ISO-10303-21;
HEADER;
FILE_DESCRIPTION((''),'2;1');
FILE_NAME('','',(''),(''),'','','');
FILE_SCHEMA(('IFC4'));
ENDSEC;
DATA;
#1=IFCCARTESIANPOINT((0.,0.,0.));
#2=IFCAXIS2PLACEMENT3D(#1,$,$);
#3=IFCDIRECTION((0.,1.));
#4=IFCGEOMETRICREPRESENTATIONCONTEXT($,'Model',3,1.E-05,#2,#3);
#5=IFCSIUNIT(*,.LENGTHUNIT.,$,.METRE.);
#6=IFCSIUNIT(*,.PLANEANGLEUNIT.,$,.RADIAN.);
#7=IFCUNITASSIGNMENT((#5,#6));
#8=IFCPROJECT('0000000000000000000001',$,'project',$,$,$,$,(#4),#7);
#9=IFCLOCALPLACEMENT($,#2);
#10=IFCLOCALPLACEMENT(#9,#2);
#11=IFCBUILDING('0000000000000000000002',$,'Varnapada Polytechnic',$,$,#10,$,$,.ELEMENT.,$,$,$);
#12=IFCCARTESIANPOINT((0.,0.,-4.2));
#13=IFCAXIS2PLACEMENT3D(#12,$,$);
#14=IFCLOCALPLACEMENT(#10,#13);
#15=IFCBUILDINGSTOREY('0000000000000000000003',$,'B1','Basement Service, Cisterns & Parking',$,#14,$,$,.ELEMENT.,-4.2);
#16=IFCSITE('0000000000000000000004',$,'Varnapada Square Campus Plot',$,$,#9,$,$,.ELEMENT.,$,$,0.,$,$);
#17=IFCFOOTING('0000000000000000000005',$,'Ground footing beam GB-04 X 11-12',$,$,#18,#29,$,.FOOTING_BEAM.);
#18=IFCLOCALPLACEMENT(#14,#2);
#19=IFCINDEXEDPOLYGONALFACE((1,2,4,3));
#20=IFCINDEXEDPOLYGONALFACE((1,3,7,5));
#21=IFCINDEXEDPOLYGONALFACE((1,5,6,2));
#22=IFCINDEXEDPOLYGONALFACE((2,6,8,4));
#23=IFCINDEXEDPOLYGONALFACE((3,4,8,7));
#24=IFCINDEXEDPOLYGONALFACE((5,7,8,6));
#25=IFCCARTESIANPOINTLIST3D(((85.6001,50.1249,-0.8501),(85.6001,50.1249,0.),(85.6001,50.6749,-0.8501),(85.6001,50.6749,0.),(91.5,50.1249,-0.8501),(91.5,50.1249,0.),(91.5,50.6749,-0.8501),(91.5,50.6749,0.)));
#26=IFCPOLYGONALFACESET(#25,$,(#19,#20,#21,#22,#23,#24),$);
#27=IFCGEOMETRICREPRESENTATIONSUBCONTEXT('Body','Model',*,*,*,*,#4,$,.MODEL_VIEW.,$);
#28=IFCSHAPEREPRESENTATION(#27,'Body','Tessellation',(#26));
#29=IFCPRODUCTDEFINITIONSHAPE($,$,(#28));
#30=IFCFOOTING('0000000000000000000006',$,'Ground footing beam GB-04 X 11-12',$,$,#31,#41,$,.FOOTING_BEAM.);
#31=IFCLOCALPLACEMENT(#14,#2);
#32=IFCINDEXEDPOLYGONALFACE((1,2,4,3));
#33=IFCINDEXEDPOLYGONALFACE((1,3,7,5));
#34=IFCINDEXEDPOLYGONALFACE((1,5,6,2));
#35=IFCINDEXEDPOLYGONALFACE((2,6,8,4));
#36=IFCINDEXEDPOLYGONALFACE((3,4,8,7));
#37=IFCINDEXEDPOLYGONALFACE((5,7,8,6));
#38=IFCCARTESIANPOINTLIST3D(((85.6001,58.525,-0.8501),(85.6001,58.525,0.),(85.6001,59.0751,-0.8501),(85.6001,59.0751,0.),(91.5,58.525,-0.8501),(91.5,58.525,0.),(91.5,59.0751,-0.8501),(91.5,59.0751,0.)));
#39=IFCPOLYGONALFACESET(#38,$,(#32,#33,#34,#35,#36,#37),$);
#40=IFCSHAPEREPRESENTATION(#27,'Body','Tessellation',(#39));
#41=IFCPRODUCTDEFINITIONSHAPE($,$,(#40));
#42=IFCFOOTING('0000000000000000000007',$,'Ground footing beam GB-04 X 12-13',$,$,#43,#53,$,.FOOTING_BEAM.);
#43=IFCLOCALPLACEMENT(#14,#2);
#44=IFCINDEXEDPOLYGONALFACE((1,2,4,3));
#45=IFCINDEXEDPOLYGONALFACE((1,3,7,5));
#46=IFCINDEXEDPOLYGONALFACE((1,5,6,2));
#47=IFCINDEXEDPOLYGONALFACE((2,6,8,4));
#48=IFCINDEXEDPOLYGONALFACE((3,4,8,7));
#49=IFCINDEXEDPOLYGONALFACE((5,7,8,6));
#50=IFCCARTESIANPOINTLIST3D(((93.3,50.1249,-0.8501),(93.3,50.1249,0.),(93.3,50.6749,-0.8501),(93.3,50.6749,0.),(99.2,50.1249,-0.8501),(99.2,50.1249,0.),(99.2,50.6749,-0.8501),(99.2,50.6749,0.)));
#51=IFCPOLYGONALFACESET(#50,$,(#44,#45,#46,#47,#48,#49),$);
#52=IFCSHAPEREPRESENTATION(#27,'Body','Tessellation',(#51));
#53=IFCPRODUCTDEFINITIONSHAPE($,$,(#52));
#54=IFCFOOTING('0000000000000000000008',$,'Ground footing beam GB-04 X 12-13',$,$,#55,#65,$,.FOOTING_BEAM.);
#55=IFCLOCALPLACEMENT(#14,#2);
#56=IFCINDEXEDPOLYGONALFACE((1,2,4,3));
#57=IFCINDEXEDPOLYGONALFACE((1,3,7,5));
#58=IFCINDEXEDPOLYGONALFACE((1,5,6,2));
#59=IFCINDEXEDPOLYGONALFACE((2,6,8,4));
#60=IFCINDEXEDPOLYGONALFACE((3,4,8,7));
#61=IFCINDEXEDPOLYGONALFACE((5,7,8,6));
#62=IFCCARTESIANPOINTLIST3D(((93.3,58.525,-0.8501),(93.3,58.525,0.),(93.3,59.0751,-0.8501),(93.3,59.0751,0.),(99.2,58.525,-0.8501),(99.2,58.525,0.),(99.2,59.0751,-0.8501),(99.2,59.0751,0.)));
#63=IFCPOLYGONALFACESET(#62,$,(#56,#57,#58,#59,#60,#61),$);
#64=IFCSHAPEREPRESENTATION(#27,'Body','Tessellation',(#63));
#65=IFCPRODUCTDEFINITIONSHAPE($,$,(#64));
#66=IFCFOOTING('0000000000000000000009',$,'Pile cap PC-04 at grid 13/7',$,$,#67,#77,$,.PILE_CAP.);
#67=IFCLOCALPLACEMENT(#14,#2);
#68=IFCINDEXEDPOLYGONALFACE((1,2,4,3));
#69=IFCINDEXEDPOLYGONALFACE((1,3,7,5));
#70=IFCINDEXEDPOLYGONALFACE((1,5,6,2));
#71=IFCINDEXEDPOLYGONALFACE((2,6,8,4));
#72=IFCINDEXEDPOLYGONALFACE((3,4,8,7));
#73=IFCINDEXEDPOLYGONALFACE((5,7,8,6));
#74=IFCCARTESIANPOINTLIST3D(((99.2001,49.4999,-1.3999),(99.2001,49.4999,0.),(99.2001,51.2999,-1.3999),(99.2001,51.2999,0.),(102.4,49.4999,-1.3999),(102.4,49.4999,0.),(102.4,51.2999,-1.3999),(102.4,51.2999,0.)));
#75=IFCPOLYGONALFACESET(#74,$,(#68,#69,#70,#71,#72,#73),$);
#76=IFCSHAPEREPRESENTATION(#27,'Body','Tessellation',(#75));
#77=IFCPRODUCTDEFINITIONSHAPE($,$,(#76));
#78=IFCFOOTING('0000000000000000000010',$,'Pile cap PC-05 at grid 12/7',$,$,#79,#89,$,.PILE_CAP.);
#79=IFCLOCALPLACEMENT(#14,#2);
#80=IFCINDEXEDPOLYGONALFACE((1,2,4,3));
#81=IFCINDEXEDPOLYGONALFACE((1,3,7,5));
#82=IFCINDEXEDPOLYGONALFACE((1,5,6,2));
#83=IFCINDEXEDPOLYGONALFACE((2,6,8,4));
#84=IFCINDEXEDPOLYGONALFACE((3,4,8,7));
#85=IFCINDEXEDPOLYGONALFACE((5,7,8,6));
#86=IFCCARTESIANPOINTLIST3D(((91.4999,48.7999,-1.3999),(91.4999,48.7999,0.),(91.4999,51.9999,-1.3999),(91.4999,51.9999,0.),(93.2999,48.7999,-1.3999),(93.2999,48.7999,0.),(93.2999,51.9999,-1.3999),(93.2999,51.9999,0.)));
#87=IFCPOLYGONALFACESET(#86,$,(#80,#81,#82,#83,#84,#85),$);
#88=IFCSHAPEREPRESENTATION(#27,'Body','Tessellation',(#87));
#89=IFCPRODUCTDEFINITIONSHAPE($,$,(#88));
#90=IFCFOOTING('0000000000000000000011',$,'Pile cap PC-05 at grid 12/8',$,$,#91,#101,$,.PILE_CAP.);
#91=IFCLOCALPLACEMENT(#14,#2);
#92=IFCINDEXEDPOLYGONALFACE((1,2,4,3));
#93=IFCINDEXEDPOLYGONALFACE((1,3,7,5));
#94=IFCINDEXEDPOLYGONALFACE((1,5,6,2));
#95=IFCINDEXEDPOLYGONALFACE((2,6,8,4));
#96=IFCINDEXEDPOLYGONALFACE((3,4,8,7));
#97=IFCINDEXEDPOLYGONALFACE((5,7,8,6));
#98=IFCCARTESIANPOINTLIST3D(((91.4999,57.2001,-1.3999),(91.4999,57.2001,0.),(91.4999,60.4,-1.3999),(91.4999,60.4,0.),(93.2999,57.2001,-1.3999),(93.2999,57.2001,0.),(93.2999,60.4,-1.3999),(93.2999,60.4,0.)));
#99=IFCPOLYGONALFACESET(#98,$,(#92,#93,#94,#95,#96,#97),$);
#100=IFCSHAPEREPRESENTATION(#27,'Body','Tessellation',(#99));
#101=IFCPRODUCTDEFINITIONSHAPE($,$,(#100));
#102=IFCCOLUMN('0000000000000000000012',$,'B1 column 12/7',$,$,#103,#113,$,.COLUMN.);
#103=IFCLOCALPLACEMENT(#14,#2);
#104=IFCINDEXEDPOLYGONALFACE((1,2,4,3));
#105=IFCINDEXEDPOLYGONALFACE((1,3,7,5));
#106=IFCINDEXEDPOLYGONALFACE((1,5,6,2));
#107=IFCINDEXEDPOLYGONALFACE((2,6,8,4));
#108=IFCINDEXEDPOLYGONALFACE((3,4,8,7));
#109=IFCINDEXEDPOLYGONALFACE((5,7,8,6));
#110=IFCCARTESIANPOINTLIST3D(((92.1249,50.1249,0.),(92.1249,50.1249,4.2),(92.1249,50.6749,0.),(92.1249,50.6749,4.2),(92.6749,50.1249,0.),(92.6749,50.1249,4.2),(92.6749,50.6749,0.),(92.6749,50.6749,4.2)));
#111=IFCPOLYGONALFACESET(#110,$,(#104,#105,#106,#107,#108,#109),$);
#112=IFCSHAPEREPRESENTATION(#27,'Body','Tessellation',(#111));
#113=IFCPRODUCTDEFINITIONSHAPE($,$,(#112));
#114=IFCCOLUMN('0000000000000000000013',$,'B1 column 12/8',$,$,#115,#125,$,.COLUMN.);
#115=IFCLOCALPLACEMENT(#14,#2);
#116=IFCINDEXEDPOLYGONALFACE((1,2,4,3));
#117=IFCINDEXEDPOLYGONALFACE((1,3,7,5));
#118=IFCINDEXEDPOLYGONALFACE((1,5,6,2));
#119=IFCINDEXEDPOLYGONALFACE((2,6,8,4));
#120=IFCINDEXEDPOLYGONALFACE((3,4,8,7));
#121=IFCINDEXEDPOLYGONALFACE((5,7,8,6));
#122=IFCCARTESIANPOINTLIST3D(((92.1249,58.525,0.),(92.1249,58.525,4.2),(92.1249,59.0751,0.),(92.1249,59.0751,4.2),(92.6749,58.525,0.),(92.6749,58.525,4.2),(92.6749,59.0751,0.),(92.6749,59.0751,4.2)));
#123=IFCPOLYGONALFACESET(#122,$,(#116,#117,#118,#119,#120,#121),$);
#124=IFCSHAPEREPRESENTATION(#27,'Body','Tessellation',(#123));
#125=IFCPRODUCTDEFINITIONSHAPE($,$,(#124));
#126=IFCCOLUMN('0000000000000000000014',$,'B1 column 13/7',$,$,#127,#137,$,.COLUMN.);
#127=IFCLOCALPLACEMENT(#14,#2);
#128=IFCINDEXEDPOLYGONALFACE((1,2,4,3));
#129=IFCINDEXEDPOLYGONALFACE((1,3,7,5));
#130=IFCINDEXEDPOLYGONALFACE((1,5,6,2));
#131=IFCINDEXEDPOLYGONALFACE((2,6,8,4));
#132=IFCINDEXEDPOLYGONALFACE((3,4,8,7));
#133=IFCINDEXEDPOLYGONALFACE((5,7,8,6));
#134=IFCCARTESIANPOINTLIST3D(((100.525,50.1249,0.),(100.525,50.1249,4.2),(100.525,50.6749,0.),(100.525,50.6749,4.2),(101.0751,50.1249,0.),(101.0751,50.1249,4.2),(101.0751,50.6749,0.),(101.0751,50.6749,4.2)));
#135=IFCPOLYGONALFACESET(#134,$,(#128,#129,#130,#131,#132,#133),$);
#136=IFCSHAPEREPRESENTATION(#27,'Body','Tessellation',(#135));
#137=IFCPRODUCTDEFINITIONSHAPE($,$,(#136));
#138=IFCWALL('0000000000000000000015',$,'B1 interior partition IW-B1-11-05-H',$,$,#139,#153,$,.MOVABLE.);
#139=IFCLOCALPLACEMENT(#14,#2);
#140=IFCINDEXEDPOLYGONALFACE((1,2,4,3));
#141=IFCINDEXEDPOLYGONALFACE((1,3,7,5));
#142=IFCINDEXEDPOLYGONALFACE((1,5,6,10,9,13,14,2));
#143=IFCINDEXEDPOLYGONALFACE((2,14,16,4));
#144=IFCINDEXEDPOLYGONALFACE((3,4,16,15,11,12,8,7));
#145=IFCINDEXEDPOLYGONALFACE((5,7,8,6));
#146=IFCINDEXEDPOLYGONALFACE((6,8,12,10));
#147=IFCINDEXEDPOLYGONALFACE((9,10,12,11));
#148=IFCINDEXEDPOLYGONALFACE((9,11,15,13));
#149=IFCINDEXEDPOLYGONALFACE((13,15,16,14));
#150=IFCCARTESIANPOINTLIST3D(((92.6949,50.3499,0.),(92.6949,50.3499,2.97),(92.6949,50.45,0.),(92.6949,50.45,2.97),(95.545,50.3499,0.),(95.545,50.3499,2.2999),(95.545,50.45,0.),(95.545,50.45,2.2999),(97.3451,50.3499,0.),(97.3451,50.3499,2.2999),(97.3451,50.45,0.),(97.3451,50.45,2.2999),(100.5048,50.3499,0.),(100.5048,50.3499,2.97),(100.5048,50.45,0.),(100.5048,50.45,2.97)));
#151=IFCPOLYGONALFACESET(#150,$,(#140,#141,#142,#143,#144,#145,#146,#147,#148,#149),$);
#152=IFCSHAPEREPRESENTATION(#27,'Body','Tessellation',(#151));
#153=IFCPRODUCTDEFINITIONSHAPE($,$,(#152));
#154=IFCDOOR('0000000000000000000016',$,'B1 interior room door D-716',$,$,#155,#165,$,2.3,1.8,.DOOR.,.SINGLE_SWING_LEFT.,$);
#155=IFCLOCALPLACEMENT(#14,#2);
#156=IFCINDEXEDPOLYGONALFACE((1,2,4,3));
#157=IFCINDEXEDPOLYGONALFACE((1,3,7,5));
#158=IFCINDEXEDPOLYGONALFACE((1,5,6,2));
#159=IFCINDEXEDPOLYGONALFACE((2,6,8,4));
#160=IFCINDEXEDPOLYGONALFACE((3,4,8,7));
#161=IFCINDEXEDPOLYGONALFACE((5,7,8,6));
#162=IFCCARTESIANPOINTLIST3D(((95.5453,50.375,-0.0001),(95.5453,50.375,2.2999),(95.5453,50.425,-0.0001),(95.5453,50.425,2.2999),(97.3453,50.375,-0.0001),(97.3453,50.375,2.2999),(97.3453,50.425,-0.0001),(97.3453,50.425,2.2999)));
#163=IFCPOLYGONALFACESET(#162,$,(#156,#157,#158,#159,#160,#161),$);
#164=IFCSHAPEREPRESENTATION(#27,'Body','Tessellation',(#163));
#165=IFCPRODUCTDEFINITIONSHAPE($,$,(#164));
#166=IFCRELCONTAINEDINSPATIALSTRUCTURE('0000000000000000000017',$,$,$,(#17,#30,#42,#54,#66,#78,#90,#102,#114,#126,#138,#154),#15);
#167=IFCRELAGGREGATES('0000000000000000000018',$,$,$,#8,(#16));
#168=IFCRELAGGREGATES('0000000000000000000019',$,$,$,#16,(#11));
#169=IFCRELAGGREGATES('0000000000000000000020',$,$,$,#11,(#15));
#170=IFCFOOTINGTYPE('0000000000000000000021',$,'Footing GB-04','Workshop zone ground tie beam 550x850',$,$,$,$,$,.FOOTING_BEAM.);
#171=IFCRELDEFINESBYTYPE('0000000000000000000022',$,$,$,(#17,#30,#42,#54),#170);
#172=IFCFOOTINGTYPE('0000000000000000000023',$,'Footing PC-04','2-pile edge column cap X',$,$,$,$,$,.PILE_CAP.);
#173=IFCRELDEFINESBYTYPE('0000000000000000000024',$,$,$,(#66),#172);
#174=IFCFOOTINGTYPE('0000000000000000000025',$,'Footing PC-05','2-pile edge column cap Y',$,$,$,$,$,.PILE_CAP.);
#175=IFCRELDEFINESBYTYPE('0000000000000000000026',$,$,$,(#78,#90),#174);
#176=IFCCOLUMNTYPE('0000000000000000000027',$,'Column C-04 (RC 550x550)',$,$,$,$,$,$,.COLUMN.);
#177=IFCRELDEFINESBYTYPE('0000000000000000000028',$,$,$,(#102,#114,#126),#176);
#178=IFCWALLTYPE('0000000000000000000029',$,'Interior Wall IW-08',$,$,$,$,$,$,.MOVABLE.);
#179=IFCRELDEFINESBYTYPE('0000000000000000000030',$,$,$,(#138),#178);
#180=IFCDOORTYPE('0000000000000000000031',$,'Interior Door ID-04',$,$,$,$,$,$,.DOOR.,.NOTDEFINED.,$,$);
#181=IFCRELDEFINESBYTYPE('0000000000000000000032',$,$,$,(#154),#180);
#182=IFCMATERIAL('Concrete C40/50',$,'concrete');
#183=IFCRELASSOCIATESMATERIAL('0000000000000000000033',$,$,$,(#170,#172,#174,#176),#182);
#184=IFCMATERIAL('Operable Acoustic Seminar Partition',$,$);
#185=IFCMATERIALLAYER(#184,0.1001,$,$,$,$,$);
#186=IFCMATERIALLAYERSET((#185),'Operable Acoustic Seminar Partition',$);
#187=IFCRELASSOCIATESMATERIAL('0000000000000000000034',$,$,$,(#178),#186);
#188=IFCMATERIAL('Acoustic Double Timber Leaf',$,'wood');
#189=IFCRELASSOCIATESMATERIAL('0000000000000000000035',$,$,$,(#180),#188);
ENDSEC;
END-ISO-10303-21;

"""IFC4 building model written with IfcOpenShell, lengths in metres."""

from ifc_helpers import new_model, si_unit, direction, frame, frame_2d, origin, origin_2d, place, context, subcontext, project, spatial, rectangle, extrude, material, layer, layer_set, material_profile, profile_set, type_object, element, fill, save


model = new_model("IFC4")

# Units and contexts
model_context = context("Model", 3, precision=1e-05, world=origin(), true_north=direction((0.0, 1.0)))
body_context = subcontext(model_context, "Body", "Model", "MODEL_VIEW")
ifc_project = project(units=[si_unit("LENGTHUNIT", "METRE"), si_unit("PLANEANGLEUNIT", "RADIAN")], contexts=[model_context])

# Site, building, storey
site_placement = place(None, origin())
site = spatial("IfcSite", under=ifc_project, at=site_placement, Name="Varnapada Square Campus Plot", CompositionType="ELEMENT", RefElevation=0.0)
building_placement = place(site_placement, origin())
building = spatial("IfcBuilding", under=site, at=building_placement, Name="Varnapada Polytechnic", CompositionType="ELEMENT")
storey_placement = place(building_placement, frame((0.0, 0.0, -4.2)))
storey = spatial("IfcBuildingStorey", under=building, at=storey_placement, Name="B1", Description="Basement Service, Cisterns & Parking", CompositionType="ELEMENT", Elevation=-4.2)

# Shared definitions
ifc_material_1 = material(Name="Concrete C40/50", Category="concrete")

# Footings
footing_type_1 = type_object("IfcFootingType", Name="Footing GB-04", Description="Workshop zone ground tie beam 550x850", PredefinedType="FOOTING_BEAM", material=ifc_material_1)
for number, where, z_axis, x_axis, name in (
    (1, (88.55, 50.3999, -0.8501), (0.0, 0.0, 1.0), (1.0, 0.0, 0.0), "Ground footing beam GB-04 X 11-12"),
    (2, (88.55, 58.8, -0.8501), (0.0, 0.0, 1.0), (1.0, 0.0, 0.0), "Ground footing beam GB-04 X 11-12"),
    (3, (96.25, 50.3999, -0.8501), (0.0, 0.0, 1.0), (1.0, 0.0, 0.0), "Ground footing beam GB-04 X 12-13"),
    (4, (96.25, 58.8, -0.8501), (0.0, 0.0, 1.0), (1.0, 0.0, 0.0), "Ground footing beam GB-04 X 12-13"),
):
    element("IfcFooting", number, at=place(storey_placement, frame(where, z_axis=z_axis, x_axis=x_axis)), inside=storey, type_object=footing_type_1, Name=name, PredefinedType="FOOTING_BEAM", context=body_context, shape_type="SweptSolid", body=[
        extrude(rectangle(XDim=5.8999, YDim=0.55, at=origin_2d()), origin(), (0.0, 0.0, 1.0), 0.8501),
    ])
footing_type_2 = type_object("IfcFootingType", Name="Footing PC-04", Description="2-pile edge column cap X", PredefinedType="PILE_CAP", material=ifc_material_1)
footing_1_placement = place(storey_placement, frame((100.8, 50.3999, -1.3999), z_axis=(0.0, 0.0, 1.0), x_axis=(1.0, 0.0, 0.0)))
element("IfcFooting", 5, at=footing_1_placement, inside=storey, type_object=footing_type_2, Name="Pile cap PC-04 at grid 13/7", PredefinedType="PILE_CAP", context=body_context, shape_type="SweptSolid", body=[
    extrude(rectangle(XDim=3.2, YDim=1.8, at=origin_2d()), origin(), (0.0, 0.0, 1.0), 1.3999),
])
footing_type_3 = type_object("IfcFootingType", Name="Footing PC-05", Description="2-pile edge column cap Y", PredefinedType="PILE_CAP", material=ifc_material_1)
for number, where, z_axis, x_axis, name in (
    (6, (92.3999, 50.3999, -1.3999), (0.0, 0.0, 1.0), (1.0, 0.0, 0.0), "Pile cap PC-05 at grid 12/7"),
    (7, (92.3999, 58.8, -1.3999), (0.0, 0.0, 1.0), (1.0, 0.0, 0.0), "Pile cap PC-05 at grid 12/8"),
):
    element("IfcFooting", number, at=place(storey_placement, frame(where, z_axis=z_axis, x_axis=x_axis)), inside=storey, type_object=footing_type_3, Name=name, PredefinedType="PILE_CAP", context=body_context, shape_type="SweptSolid", body=[
        extrude(rectangle(XDim=1.8, YDim=3.2, at=origin_2d()), origin(), (0.0, 0.0, 1.0), 1.3999),
    ])

# Columns
ifc_material_profile_1 = material_profile(ifc_material_1, rectangle(XDim=0.55, YDim=0.55, at=origin_2d()), Name="RC 550x550")
ifc_profile_set_1 = profile_set([ifc_material_profile_1], Name="Concrete C40/50")
column_type = type_object("IfcColumnType", Name="Column C-04 (RC 550x550)", PredefinedType="COLUMN", material=ifc_profile_set_1)
for number, where, z_axis, x_axis, name in (
    (8, (92.3999, 50.3999, 0.0), (0.0, 0.0, 1.0), (1.0, 0.0, 0.0), "B1 column 12/7"),
    (9, (92.3999, 58.8, 0.0), (0.0, 0.0, 1.0), (1.0, 0.0, 0.0), "B1 column 12/8"),
    (10, (100.8, 50.3999, 0.0), (0.0, 0.0, 1.0), (1.0, 0.0, 0.0), "B1 column 13/7"),
):
    element("IfcColumn", number, at=place(storey_placement, frame(where, z_axis=z_axis, x_axis=x_axis)), inside=storey, type_object=column_type, Name=name, PredefinedType="COLUMN", context=body_context, shape_type="SweptSolid", body=[
        extrude(rectangle(XDim=0.55, YDim=0.55, at=origin_2d()), origin(), (0.0, 0.0, 1.0), 4.2),
    ])

# Wall, opening, door
ifc_material_2 = material(Name="Operable Acoustic Seminar Partition")
ifc_layer = layer(ifc_material_2, 0.1001)
ifc_layer_set = layer_set([ifc_layer], Name="Operable Acoustic Seminar Partition")
wall_type = type_object("IfcWallType", Name="Interior Wall IW-08", PredefinedType="MOVABLE", material=ifc_layer_set)
wall_placement = place(storey_placement, frame((92.6951, 50.3999, 0.0), z_axis=(0.0, 0.0, 1.0), x_axis=(1.0, 0.0, 0.0)))
wall = element("IfcWall", 11, at=wall_placement, inside=storey, type_object=wall_type, Name="B1 interior partition IW-B1-11-05-H", PredefinedType="MOVABLE", context=body_context, shape_type="SweptSolid", body=[
    extrude(rectangle(XDim=7.8098, YDim=0.1001, at=frame_2d((3.9048, 0.0))), origin(), (0.0, 0.0, 1.0), 2.97),
])
opening_placement = place(wall_placement, frame((2.8501, 0.0, 0.0)))
opening = element("IfcOpeningElement", 12, at=opening_placement, cuts=wall, PredefinedType="OPENING", context=body_context, shape_type="SweptSolid", body=[
    extrude(rectangle(XDim=1.8, YDim=2.3, at=frame_2d((0.8999, 1.1499))), frame((0.0, 0.0601, 0.0), z_axis=(0.0, -1.0, 0.0), x_axis=(1.0, 0.0, 0.0)), (0.0, 0.0, 1.0), 0.1201),
])
ifc_material_3 = material(Name="Acoustic Double Timber Leaf", Category="wood")
door_type = type_object("IfcDoorType", Name="Interior Door ID-04", OperationType="NOTDEFINED", PredefinedType="DOOR", material=ifc_material_3)
door_placement = place(opening_placement, frame((1.8, 0.0, 0.0), z_axis=(0.0, 0.0, 1.0), x_axis=(-1.0, 0.0, 0.0)))
door = element("IfcDoor", 13, at=door_placement, inside=storey, type_object=door_type, Name="B1 interior room door D-716", OperationType="SINGLE_SWING_LEFT", OverallHeight=2.3, OverallWidth=1.8, PredefinedType="DOOR", context=body_context, shape_type="SweptSolid", body=[
    extrude(rectangle(XDim=1.8, YDim=2.3, at=frame_2d((0.8999, 1.1499))), frame((0.0, 0.0249, 0.0), z_axis=(0.0, -1.0, 0.0), x_axis=(1.0, 0.0, 0.0)), (0.0, 0.0, 1.0), 0.05),
])
fill(opening, door)

save(model, "model.ifc")
